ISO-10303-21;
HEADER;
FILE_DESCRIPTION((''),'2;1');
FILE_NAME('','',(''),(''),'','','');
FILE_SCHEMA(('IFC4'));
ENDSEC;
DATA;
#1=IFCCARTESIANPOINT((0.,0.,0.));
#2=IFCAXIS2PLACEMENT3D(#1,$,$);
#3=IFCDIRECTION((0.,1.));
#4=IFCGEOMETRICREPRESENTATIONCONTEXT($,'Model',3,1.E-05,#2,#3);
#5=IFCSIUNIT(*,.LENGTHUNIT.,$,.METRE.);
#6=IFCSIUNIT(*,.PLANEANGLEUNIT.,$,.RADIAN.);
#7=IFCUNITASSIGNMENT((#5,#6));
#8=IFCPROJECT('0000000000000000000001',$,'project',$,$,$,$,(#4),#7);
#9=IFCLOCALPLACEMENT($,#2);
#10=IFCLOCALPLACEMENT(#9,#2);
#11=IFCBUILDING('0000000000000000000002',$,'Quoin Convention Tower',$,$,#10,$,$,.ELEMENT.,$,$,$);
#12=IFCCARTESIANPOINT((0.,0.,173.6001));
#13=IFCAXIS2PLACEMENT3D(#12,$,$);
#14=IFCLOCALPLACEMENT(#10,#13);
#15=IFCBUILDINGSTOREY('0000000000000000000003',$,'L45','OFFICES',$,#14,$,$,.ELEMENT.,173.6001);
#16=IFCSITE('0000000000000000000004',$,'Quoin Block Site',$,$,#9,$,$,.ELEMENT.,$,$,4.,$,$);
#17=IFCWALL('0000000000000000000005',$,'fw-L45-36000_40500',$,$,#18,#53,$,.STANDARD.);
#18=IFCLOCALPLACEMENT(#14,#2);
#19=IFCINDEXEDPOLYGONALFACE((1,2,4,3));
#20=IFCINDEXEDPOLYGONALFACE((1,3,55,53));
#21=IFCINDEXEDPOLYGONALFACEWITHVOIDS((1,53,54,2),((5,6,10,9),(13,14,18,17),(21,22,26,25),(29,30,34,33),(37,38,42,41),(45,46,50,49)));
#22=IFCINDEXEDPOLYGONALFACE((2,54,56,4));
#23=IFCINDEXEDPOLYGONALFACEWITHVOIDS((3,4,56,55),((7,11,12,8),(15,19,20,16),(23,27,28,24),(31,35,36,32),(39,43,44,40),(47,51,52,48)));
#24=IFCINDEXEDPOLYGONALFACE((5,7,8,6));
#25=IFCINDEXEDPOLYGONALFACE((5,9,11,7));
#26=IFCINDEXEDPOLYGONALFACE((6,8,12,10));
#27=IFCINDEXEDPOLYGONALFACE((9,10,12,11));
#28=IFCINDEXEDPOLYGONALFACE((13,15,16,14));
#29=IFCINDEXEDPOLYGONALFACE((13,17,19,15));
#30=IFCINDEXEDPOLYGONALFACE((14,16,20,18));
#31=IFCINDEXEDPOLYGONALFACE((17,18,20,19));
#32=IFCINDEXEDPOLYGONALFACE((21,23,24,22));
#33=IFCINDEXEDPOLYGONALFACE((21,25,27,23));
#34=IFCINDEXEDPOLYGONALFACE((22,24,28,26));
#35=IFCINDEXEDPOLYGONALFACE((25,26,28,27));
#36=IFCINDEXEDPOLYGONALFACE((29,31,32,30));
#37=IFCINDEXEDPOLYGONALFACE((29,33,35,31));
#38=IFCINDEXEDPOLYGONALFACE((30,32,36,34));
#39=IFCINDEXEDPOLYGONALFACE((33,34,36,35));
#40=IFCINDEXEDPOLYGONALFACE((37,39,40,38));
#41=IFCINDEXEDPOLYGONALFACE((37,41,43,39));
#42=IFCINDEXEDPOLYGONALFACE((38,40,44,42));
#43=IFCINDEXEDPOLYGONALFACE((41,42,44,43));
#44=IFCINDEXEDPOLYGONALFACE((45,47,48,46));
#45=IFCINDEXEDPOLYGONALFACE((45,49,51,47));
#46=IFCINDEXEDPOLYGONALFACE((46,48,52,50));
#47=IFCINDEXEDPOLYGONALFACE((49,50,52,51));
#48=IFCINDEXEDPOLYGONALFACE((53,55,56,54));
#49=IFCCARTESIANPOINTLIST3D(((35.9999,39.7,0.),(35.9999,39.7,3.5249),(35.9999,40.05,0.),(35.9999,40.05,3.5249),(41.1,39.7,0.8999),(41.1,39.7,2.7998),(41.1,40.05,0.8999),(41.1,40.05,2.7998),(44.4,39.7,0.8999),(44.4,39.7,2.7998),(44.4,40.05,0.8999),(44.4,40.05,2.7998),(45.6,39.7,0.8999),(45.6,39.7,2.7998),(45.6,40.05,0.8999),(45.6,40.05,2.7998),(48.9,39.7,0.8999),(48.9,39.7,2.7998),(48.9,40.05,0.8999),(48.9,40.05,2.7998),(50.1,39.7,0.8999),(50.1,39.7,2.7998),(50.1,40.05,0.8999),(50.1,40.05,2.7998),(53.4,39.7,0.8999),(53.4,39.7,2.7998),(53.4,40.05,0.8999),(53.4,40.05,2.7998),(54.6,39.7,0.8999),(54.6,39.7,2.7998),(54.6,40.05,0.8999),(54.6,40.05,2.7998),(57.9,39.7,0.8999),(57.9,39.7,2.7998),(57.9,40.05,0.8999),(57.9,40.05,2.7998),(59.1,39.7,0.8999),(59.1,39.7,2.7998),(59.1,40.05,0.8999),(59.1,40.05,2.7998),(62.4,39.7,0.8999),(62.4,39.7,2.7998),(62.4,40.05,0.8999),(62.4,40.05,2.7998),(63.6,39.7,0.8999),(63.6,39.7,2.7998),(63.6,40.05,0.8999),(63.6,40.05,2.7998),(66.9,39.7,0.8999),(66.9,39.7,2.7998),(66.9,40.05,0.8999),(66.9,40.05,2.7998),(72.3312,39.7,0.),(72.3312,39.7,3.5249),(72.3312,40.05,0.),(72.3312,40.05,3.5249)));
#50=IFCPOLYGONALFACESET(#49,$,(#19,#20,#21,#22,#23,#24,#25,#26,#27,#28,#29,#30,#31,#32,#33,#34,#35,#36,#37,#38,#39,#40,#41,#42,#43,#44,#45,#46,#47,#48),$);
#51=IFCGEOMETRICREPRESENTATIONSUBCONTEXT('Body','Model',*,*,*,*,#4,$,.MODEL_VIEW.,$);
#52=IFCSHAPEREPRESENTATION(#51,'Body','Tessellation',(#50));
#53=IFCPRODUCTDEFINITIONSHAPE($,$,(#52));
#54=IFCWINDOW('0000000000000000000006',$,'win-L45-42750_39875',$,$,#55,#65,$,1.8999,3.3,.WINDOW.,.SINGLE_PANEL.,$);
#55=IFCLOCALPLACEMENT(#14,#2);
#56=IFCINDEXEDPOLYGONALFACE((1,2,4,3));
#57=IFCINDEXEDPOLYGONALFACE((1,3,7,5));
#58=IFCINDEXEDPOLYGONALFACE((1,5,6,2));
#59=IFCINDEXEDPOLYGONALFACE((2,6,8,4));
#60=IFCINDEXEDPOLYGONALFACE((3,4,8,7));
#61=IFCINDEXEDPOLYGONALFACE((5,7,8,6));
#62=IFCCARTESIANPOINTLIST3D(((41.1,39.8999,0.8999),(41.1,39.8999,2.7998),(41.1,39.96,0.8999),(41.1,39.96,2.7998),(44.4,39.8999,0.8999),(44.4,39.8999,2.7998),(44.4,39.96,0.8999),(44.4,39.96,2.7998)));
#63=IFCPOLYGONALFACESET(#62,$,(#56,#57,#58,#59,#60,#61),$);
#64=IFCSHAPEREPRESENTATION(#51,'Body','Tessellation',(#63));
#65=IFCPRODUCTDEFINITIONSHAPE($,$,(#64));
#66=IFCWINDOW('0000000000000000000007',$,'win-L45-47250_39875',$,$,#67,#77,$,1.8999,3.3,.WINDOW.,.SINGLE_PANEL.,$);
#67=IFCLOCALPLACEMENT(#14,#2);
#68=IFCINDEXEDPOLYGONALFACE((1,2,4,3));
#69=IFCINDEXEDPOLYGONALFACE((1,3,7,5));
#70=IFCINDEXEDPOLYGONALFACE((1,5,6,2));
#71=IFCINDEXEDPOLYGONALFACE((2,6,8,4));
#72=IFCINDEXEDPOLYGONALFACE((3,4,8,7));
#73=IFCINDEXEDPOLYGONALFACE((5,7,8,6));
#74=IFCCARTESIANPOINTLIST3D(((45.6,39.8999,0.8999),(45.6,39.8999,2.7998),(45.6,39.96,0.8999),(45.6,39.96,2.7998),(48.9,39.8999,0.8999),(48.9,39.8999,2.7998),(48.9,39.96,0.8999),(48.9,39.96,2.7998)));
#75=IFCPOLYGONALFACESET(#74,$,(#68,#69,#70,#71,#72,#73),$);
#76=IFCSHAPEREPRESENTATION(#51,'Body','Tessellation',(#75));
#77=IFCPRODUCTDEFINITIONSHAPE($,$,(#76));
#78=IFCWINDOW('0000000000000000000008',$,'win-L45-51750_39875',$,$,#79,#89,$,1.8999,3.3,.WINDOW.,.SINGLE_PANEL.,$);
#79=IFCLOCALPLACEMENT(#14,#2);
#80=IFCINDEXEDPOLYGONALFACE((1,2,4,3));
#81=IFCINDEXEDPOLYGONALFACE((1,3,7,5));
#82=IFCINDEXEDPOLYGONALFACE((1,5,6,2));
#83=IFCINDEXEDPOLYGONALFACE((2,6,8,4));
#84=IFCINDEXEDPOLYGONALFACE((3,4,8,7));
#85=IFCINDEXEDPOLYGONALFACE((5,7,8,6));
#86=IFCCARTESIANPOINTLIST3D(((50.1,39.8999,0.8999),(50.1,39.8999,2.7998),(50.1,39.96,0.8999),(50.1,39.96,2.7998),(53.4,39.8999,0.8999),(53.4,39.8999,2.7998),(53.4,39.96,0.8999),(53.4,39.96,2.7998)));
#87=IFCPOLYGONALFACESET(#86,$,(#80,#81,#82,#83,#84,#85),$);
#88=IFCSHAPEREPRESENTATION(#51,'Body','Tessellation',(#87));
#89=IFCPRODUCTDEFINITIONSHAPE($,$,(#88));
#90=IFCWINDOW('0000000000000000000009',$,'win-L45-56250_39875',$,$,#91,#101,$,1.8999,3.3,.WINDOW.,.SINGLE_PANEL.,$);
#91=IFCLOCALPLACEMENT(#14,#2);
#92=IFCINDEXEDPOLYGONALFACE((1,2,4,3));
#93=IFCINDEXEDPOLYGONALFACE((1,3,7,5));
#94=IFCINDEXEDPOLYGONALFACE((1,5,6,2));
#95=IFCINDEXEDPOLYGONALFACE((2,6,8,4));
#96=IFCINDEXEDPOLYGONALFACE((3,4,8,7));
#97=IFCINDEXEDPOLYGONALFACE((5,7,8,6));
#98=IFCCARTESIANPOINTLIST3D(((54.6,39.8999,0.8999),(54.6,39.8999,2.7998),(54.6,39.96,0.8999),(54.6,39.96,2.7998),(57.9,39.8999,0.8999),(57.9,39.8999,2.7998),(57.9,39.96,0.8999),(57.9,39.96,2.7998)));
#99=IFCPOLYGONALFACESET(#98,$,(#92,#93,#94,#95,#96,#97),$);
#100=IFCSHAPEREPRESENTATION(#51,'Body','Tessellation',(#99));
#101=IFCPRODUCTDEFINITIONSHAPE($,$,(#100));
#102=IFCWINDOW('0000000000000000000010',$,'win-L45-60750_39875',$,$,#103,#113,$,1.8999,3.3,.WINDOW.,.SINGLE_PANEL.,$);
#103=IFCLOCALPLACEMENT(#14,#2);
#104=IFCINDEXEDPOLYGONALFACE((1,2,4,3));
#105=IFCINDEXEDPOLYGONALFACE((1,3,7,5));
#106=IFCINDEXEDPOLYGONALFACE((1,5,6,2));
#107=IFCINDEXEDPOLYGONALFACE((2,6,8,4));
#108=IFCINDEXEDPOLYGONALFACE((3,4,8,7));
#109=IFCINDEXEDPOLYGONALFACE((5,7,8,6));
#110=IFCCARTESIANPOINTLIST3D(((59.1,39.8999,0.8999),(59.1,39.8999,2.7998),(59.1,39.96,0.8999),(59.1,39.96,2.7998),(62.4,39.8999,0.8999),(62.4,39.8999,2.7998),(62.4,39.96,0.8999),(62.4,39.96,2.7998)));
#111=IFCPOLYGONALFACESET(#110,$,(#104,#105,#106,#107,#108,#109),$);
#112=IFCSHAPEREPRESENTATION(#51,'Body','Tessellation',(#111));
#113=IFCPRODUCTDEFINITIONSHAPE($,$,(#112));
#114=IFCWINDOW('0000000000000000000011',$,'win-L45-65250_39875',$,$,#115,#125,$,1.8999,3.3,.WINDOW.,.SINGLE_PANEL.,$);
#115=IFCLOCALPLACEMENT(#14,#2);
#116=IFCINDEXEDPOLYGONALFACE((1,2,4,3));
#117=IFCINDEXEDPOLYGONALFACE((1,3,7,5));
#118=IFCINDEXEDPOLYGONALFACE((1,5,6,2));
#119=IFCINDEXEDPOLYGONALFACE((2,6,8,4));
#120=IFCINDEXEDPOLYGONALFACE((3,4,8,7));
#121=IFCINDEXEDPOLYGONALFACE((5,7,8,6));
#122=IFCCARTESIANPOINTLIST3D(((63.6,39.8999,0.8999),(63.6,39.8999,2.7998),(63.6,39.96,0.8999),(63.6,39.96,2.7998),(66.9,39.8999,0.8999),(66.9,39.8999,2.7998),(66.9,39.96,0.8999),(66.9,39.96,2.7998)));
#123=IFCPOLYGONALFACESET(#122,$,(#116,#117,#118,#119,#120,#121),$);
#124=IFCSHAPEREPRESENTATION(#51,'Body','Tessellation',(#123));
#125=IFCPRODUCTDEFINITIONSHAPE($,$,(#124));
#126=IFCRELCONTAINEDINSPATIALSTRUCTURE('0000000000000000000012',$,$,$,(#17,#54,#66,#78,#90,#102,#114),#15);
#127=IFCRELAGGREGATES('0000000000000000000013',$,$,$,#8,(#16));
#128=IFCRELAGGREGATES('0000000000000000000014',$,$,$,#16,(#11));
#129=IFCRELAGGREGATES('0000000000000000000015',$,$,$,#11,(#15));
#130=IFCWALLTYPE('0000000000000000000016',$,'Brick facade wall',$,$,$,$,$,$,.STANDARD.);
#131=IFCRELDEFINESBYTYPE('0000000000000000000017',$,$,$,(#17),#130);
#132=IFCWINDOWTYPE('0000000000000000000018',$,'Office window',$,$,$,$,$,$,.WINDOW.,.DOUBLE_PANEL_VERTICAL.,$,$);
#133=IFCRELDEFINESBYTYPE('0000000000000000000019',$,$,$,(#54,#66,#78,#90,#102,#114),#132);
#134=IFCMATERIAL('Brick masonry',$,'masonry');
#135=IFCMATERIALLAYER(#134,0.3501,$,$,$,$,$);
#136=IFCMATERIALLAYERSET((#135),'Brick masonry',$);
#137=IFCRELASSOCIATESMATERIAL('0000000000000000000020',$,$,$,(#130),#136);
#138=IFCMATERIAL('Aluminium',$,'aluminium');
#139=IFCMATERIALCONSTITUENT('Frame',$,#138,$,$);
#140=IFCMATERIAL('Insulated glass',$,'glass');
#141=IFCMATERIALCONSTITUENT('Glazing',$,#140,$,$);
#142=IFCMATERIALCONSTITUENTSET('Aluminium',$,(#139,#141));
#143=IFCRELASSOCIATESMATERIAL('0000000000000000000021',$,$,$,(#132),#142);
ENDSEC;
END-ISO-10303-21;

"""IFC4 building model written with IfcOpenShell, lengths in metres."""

from ifc_helpers import new_model, si_unit, direction, frame, frame_2d, origin, place, context, subcontext, project, spatial, rectangle, extrude, material, layer, layer_set, constituent, constituent_set, type_object, element, fill, save


model = new_model("IFC4")

# Units and contexts
model_context = context("Model", 3, precision=1e-05, world=origin(), true_north=direction((0.0, 1.0)))
body_context = subcontext(model_context, "Body", "Model", "MODEL_VIEW")
ifc_project = project(units=[si_unit("LENGTHUNIT", "METRE"), si_unit("PLANEANGLEUNIT", "RADIAN")], contexts=[model_context])

# Site, building, storey
site_placement = place(None, origin())
site = spatial("IfcSite", under=ifc_project, at=site_placement, Name="Quoin Block Site", CompositionType="ELEMENT", RefElevation=4.0)
building_placement = place(site_placement, origin())
building = spatial("IfcBuilding", under=site, at=building_placement, Name="Quoin Convention Tower", CompositionType="ELEMENT")
storey_placement = place(building_placement, frame((0.0, 0.0, 173.6001)))
storey = spatial("IfcBuildingStorey", under=building, at=storey_placement, Name="L45", Description="OFFICES", CompositionType="ELEMENT", Elevation=173.6001)

# Wall, openings, windows
ifc_material_1 = material(Name="Brick masonry", Category="masonry")
ifc_layer_1 = layer(ifc_material_1, 0.3501)
ifc_layer_set_1 = layer_set([ifc_layer_1], Name="Brick masonry")
wall_type = type_object("IfcWallType", Name="Brick facade wall", PredefinedType="STANDARD", material=ifc_layer_set_1)
wall_1_placement = place(storey_placement, frame((36.0, 39.875, 0.0), z_axis=(0.0, 0.0, 1.0), x_axis=(1.0, 0.0, 0.0)))
wall_1 = element("IfcWall", 1, at=wall_1_placement, inside=storey, type_object=wall_type, Name="fw-L45-36000_40500", PredefinedType="STANDARD", context=body_context, shape_type="SweptSolid", body=[
    extrude(rectangle(XDim=36.3313, YDim=0.3501, at=frame_2d((18.1655, 0.0))), origin(), (0.0, 0.0, 1.0), 3.5249),
])
opening_1_placement = place(wall_1_placement, frame((5.1001, 0.0, 0.8999)))
opening_1 = element("IfcOpeningElement", 2, at=opening_1_placement, cuts=wall_1, PredefinedType="OPENING", context=body_context, shape_type="SweptSolid", body=[
    extrude(rectangle(XDim=3.3, YDim=1.8999, at=frame_2d((1.6499, 0.95))), frame((0.0, 0.1851, 0.0), z_axis=(0.0, -1.0, 0.0), x_axis=(1.0, 0.0, 0.0)), (0.0, 0.0, 1.0), 0.3701),
])
opening_2_placement = place(wall_1_placement, frame((9.6001, 0.0, 0.8999)))
opening_2 = element("IfcOpeningElement", 3, at=opening_2_placement, cuts=wall_1, PredefinedType="OPENING", context=body_context, shape_type="SweptSolid", body=[
    extrude(rectangle(XDim=3.3, YDim=1.8999, at=frame_2d((1.6499, 0.95))), frame((0.0, 0.1851, 0.0), z_axis=(0.0, -1.0, 0.0), x_axis=(1.0, 0.0, 0.0)), (0.0, 0.0, 1.0), 0.3701),
])
opening_3_placement = place(wall_1_placement, frame((14.1001, 0.0, 0.8999)))
opening_3 = element("IfcOpeningElement", 4, at=opening_3_placement, cuts=wall_1, PredefinedType="OPENING", context=body_context, shape_type="SweptSolid", body=[
    extrude(rectangle(XDim=3.3, YDim=1.8999, at=frame_2d((1.6499, 0.95))), frame((0.0, 0.1851, 0.0), z_axis=(0.0, -1.0, 0.0), x_axis=(1.0, 0.0, 0.0)), (0.0, 0.0, 1.0), 0.3701),
])
opening_4_placement = place(wall_1_placement, frame((18.6001, 0.0, 0.8999)))
opening_4 = element("IfcOpeningElement", 5, at=opening_4_placement, cuts=wall_1, PredefinedType="OPENING", context=body_context, shape_type="SweptSolid", body=[
    extrude(rectangle(XDim=3.3, YDim=1.8999, at=frame_2d((1.6499, 0.95))), frame((0.0, 0.1851, 0.0), z_axis=(0.0, -1.0, 0.0), x_axis=(1.0, 0.0, 0.0)), (0.0, 0.0, 1.0), 0.3701),
])
opening_5_placement = place(wall_1_placement, frame((23.1001, 0.0, 0.8999)))
opening_5 = element("IfcOpeningElement", 6, at=opening_5_placement, cuts=wall_1, PredefinedType="OPENING", context=body_context, shape_type="SweptSolid", body=[
    extrude(rectangle(XDim=3.3, YDim=1.8999, at=frame_2d((1.6499, 0.95))), frame((0.0, 0.1851, 0.0), z_axis=(0.0, -1.0, 0.0), x_axis=(1.0, 0.0, 0.0)), (0.0, 0.0, 1.0), 0.3701),
])
opening_6_placement = place(wall_1_placement, frame((27.6001, 0.0, 0.8999)))
opening_6 = element("IfcOpeningElement", 7, at=opening_6_placement, cuts=wall_1, PredefinedType="OPENING", context=body_context, shape_type="SweptSolid", body=[
    extrude(rectangle(XDim=3.3, YDim=1.8999, at=frame_2d((1.6499, 0.95))), frame((0.0, 0.1851, 0.0), z_axis=(0.0, -1.0, 0.0), x_axis=(1.0, 0.0, 0.0)), (0.0, 0.0, 1.0), 0.3701),
])
ifc_material_2 = material(Name="Aluminium", Category="aluminium")
ifc_constituent_1 = constituent(ifc_material_2, Name="Frame")
ifc_material_3 = material(Name="Insulated glass", Category="glass")
ifc_constituent_2 = constituent(ifc_material_3, Name="Glazing")
ifc_constituent_set = constituent_set(constituents=[ifc_constituent_1, ifc_constituent_2], Name="Aluminium")
window_type = type_object("IfcWindowType", Name="Office window", PartitioningType="DOUBLE_PANEL_VERTICAL", PredefinedType="WINDOW", material=ifc_constituent_set)
window_1_placement = place(opening_1_placement, origin())
window_1 = element("IfcWindow", 8, at=window_1_placement, inside=storey, type_object=window_type, Name="win-L45-42750_39875", OverallHeight=1.8999, OverallWidth=3.3, PartitioningType="SINGLE_PANEL", PredefinedType="WINDOW", context=body_context, shape_type="SweptSolid", body=[
    extrude(rectangle(XDim=3.3, YDim=1.8999, at=frame_2d((1.6499, 0.95))), frame((0.0, 0.085, 0.0), z_axis=(0.0, -1.0, 0.0), x_axis=(1.0, 0.0, 0.0)), (0.0, 0.0, 1.0), 0.0601),
])
fill(opening_1, window_1)
window_2_placement = place(opening_2_placement, origin())
window_2 = element("IfcWindow", 9, at=window_2_placement, inside=storey, type_object=window_type, Name="win-L45-47250_39875", OverallHeight=1.8999, OverallWidth=3.3, PartitioningType="SINGLE_PANEL", PredefinedType="WINDOW", context=body_context, shape_type="SweptSolid", body=[
    extrude(rectangle(XDim=3.3, YDim=1.8999, at=frame_2d((1.6499, 0.95))), frame((0.0, 0.085, 0.0), z_axis=(0.0, -1.0, 0.0), x_axis=(1.0, 0.0, 0.0)), (0.0, 0.0, 1.0), 0.0601),
])
fill(opening_2, window_2)
window_3_placement = place(opening_3_placement, origin())
window_3 = element("IfcWindow", 10, at=window_3_placement, inside=storey, type_object=window_type, Name="win-L45-51750_39875", OverallHeight=1.8999, OverallWidth=3.3, PartitioningType="SINGLE_PANEL", PredefinedType="WINDOW", context=body_context, shape_type="SweptSolid", body=[
    extrude(rectangle(XDim=3.3, YDim=1.8999, at=frame_2d((1.6499, 0.95))), frame((0.0, 0.085, 0.0), z_axis=(0.0, -1.0, 0.0), x_axis=(1.0, 0.0, 0.0)), (0.0, 0.0, 1.0), 0.0601),
])
fill(opening_3, window_3)
window_4_placement = place(opening_4_placement, origin())
window_4 = element("IfcWindow", 11, at=window_4_placement, inside=storey, type_object=window_type, Name="win-L45-56250_39875", OverallHeight=1.8999, OverallWidth=3.3, PartitioningType="SINGLE_PANEL", PredefinedType="WINDOW", context=body_context, shape_type="SweptSolid", body=[
    extrude(rectangle(XDim=3.3, YDim=1.8999, at=frame_2d((1.6499, 0.95))), frame((0.0, 0.085, 0.0), z_axis=(0.0, -1.0, 0.0), x_axis=(1.0, 0.0, 0.0)), (0.0, 0.0, 1.0), 0.0601),
])
fill(opening_4, window_4)
window_5_placement = place(opening_5_placement, origin())
window_5 = element("IfcWindow", 12, at=window_5_placement, inside=storey, type_object=window_type, Name="win-L45-60750_39875", OverallHeight=1.8999, OverallWidth=3.3, PartitioningType="SINGLE_PANEL", PredefinedType="WINDOW", context=body_context, shape_type="SweptSolid", body=[
    extrude(rectangle(XDim=3.3, YDim=1.8999, at=frame_2d((1.6499, 0.95))), frame((0.0, 0.085, 0.0), z_axis=(0.0, -1.0, 0.0), x_axis=(1.0, 0.0, 0.0)), (0.0, 0.0, 1.0), 0.0601),
])
fill(opening_5, window_5)
window_6_placement = place(opening_6_placement, origin())
window_6 = element("IfcWindow", 13, at=window_6_placement, inside=storey, type_object=window_type, Name="win-L45-65250_39875", OverallHeight=1.8999, OverallWidth=3.3, PartitioningType="SINGLE_PANEL", PredefinedType="WINDOW", context=body_context, shape_type="SweptSolid", body=[
    extrude(rectangle(XDim=3.3, YDim=1.8999, at=frame_2d((1.6499, 0.95))), frame((0.0, 0.085, 0.0), z_axis=(0.0, -1.0, 0.0), x_axis=(1.0, 0.0, 0.0)), (0.0, 0.0, 1.0), 0.0601),
])
fill(opening_6, window_6)

save(model, "model.ifc")
